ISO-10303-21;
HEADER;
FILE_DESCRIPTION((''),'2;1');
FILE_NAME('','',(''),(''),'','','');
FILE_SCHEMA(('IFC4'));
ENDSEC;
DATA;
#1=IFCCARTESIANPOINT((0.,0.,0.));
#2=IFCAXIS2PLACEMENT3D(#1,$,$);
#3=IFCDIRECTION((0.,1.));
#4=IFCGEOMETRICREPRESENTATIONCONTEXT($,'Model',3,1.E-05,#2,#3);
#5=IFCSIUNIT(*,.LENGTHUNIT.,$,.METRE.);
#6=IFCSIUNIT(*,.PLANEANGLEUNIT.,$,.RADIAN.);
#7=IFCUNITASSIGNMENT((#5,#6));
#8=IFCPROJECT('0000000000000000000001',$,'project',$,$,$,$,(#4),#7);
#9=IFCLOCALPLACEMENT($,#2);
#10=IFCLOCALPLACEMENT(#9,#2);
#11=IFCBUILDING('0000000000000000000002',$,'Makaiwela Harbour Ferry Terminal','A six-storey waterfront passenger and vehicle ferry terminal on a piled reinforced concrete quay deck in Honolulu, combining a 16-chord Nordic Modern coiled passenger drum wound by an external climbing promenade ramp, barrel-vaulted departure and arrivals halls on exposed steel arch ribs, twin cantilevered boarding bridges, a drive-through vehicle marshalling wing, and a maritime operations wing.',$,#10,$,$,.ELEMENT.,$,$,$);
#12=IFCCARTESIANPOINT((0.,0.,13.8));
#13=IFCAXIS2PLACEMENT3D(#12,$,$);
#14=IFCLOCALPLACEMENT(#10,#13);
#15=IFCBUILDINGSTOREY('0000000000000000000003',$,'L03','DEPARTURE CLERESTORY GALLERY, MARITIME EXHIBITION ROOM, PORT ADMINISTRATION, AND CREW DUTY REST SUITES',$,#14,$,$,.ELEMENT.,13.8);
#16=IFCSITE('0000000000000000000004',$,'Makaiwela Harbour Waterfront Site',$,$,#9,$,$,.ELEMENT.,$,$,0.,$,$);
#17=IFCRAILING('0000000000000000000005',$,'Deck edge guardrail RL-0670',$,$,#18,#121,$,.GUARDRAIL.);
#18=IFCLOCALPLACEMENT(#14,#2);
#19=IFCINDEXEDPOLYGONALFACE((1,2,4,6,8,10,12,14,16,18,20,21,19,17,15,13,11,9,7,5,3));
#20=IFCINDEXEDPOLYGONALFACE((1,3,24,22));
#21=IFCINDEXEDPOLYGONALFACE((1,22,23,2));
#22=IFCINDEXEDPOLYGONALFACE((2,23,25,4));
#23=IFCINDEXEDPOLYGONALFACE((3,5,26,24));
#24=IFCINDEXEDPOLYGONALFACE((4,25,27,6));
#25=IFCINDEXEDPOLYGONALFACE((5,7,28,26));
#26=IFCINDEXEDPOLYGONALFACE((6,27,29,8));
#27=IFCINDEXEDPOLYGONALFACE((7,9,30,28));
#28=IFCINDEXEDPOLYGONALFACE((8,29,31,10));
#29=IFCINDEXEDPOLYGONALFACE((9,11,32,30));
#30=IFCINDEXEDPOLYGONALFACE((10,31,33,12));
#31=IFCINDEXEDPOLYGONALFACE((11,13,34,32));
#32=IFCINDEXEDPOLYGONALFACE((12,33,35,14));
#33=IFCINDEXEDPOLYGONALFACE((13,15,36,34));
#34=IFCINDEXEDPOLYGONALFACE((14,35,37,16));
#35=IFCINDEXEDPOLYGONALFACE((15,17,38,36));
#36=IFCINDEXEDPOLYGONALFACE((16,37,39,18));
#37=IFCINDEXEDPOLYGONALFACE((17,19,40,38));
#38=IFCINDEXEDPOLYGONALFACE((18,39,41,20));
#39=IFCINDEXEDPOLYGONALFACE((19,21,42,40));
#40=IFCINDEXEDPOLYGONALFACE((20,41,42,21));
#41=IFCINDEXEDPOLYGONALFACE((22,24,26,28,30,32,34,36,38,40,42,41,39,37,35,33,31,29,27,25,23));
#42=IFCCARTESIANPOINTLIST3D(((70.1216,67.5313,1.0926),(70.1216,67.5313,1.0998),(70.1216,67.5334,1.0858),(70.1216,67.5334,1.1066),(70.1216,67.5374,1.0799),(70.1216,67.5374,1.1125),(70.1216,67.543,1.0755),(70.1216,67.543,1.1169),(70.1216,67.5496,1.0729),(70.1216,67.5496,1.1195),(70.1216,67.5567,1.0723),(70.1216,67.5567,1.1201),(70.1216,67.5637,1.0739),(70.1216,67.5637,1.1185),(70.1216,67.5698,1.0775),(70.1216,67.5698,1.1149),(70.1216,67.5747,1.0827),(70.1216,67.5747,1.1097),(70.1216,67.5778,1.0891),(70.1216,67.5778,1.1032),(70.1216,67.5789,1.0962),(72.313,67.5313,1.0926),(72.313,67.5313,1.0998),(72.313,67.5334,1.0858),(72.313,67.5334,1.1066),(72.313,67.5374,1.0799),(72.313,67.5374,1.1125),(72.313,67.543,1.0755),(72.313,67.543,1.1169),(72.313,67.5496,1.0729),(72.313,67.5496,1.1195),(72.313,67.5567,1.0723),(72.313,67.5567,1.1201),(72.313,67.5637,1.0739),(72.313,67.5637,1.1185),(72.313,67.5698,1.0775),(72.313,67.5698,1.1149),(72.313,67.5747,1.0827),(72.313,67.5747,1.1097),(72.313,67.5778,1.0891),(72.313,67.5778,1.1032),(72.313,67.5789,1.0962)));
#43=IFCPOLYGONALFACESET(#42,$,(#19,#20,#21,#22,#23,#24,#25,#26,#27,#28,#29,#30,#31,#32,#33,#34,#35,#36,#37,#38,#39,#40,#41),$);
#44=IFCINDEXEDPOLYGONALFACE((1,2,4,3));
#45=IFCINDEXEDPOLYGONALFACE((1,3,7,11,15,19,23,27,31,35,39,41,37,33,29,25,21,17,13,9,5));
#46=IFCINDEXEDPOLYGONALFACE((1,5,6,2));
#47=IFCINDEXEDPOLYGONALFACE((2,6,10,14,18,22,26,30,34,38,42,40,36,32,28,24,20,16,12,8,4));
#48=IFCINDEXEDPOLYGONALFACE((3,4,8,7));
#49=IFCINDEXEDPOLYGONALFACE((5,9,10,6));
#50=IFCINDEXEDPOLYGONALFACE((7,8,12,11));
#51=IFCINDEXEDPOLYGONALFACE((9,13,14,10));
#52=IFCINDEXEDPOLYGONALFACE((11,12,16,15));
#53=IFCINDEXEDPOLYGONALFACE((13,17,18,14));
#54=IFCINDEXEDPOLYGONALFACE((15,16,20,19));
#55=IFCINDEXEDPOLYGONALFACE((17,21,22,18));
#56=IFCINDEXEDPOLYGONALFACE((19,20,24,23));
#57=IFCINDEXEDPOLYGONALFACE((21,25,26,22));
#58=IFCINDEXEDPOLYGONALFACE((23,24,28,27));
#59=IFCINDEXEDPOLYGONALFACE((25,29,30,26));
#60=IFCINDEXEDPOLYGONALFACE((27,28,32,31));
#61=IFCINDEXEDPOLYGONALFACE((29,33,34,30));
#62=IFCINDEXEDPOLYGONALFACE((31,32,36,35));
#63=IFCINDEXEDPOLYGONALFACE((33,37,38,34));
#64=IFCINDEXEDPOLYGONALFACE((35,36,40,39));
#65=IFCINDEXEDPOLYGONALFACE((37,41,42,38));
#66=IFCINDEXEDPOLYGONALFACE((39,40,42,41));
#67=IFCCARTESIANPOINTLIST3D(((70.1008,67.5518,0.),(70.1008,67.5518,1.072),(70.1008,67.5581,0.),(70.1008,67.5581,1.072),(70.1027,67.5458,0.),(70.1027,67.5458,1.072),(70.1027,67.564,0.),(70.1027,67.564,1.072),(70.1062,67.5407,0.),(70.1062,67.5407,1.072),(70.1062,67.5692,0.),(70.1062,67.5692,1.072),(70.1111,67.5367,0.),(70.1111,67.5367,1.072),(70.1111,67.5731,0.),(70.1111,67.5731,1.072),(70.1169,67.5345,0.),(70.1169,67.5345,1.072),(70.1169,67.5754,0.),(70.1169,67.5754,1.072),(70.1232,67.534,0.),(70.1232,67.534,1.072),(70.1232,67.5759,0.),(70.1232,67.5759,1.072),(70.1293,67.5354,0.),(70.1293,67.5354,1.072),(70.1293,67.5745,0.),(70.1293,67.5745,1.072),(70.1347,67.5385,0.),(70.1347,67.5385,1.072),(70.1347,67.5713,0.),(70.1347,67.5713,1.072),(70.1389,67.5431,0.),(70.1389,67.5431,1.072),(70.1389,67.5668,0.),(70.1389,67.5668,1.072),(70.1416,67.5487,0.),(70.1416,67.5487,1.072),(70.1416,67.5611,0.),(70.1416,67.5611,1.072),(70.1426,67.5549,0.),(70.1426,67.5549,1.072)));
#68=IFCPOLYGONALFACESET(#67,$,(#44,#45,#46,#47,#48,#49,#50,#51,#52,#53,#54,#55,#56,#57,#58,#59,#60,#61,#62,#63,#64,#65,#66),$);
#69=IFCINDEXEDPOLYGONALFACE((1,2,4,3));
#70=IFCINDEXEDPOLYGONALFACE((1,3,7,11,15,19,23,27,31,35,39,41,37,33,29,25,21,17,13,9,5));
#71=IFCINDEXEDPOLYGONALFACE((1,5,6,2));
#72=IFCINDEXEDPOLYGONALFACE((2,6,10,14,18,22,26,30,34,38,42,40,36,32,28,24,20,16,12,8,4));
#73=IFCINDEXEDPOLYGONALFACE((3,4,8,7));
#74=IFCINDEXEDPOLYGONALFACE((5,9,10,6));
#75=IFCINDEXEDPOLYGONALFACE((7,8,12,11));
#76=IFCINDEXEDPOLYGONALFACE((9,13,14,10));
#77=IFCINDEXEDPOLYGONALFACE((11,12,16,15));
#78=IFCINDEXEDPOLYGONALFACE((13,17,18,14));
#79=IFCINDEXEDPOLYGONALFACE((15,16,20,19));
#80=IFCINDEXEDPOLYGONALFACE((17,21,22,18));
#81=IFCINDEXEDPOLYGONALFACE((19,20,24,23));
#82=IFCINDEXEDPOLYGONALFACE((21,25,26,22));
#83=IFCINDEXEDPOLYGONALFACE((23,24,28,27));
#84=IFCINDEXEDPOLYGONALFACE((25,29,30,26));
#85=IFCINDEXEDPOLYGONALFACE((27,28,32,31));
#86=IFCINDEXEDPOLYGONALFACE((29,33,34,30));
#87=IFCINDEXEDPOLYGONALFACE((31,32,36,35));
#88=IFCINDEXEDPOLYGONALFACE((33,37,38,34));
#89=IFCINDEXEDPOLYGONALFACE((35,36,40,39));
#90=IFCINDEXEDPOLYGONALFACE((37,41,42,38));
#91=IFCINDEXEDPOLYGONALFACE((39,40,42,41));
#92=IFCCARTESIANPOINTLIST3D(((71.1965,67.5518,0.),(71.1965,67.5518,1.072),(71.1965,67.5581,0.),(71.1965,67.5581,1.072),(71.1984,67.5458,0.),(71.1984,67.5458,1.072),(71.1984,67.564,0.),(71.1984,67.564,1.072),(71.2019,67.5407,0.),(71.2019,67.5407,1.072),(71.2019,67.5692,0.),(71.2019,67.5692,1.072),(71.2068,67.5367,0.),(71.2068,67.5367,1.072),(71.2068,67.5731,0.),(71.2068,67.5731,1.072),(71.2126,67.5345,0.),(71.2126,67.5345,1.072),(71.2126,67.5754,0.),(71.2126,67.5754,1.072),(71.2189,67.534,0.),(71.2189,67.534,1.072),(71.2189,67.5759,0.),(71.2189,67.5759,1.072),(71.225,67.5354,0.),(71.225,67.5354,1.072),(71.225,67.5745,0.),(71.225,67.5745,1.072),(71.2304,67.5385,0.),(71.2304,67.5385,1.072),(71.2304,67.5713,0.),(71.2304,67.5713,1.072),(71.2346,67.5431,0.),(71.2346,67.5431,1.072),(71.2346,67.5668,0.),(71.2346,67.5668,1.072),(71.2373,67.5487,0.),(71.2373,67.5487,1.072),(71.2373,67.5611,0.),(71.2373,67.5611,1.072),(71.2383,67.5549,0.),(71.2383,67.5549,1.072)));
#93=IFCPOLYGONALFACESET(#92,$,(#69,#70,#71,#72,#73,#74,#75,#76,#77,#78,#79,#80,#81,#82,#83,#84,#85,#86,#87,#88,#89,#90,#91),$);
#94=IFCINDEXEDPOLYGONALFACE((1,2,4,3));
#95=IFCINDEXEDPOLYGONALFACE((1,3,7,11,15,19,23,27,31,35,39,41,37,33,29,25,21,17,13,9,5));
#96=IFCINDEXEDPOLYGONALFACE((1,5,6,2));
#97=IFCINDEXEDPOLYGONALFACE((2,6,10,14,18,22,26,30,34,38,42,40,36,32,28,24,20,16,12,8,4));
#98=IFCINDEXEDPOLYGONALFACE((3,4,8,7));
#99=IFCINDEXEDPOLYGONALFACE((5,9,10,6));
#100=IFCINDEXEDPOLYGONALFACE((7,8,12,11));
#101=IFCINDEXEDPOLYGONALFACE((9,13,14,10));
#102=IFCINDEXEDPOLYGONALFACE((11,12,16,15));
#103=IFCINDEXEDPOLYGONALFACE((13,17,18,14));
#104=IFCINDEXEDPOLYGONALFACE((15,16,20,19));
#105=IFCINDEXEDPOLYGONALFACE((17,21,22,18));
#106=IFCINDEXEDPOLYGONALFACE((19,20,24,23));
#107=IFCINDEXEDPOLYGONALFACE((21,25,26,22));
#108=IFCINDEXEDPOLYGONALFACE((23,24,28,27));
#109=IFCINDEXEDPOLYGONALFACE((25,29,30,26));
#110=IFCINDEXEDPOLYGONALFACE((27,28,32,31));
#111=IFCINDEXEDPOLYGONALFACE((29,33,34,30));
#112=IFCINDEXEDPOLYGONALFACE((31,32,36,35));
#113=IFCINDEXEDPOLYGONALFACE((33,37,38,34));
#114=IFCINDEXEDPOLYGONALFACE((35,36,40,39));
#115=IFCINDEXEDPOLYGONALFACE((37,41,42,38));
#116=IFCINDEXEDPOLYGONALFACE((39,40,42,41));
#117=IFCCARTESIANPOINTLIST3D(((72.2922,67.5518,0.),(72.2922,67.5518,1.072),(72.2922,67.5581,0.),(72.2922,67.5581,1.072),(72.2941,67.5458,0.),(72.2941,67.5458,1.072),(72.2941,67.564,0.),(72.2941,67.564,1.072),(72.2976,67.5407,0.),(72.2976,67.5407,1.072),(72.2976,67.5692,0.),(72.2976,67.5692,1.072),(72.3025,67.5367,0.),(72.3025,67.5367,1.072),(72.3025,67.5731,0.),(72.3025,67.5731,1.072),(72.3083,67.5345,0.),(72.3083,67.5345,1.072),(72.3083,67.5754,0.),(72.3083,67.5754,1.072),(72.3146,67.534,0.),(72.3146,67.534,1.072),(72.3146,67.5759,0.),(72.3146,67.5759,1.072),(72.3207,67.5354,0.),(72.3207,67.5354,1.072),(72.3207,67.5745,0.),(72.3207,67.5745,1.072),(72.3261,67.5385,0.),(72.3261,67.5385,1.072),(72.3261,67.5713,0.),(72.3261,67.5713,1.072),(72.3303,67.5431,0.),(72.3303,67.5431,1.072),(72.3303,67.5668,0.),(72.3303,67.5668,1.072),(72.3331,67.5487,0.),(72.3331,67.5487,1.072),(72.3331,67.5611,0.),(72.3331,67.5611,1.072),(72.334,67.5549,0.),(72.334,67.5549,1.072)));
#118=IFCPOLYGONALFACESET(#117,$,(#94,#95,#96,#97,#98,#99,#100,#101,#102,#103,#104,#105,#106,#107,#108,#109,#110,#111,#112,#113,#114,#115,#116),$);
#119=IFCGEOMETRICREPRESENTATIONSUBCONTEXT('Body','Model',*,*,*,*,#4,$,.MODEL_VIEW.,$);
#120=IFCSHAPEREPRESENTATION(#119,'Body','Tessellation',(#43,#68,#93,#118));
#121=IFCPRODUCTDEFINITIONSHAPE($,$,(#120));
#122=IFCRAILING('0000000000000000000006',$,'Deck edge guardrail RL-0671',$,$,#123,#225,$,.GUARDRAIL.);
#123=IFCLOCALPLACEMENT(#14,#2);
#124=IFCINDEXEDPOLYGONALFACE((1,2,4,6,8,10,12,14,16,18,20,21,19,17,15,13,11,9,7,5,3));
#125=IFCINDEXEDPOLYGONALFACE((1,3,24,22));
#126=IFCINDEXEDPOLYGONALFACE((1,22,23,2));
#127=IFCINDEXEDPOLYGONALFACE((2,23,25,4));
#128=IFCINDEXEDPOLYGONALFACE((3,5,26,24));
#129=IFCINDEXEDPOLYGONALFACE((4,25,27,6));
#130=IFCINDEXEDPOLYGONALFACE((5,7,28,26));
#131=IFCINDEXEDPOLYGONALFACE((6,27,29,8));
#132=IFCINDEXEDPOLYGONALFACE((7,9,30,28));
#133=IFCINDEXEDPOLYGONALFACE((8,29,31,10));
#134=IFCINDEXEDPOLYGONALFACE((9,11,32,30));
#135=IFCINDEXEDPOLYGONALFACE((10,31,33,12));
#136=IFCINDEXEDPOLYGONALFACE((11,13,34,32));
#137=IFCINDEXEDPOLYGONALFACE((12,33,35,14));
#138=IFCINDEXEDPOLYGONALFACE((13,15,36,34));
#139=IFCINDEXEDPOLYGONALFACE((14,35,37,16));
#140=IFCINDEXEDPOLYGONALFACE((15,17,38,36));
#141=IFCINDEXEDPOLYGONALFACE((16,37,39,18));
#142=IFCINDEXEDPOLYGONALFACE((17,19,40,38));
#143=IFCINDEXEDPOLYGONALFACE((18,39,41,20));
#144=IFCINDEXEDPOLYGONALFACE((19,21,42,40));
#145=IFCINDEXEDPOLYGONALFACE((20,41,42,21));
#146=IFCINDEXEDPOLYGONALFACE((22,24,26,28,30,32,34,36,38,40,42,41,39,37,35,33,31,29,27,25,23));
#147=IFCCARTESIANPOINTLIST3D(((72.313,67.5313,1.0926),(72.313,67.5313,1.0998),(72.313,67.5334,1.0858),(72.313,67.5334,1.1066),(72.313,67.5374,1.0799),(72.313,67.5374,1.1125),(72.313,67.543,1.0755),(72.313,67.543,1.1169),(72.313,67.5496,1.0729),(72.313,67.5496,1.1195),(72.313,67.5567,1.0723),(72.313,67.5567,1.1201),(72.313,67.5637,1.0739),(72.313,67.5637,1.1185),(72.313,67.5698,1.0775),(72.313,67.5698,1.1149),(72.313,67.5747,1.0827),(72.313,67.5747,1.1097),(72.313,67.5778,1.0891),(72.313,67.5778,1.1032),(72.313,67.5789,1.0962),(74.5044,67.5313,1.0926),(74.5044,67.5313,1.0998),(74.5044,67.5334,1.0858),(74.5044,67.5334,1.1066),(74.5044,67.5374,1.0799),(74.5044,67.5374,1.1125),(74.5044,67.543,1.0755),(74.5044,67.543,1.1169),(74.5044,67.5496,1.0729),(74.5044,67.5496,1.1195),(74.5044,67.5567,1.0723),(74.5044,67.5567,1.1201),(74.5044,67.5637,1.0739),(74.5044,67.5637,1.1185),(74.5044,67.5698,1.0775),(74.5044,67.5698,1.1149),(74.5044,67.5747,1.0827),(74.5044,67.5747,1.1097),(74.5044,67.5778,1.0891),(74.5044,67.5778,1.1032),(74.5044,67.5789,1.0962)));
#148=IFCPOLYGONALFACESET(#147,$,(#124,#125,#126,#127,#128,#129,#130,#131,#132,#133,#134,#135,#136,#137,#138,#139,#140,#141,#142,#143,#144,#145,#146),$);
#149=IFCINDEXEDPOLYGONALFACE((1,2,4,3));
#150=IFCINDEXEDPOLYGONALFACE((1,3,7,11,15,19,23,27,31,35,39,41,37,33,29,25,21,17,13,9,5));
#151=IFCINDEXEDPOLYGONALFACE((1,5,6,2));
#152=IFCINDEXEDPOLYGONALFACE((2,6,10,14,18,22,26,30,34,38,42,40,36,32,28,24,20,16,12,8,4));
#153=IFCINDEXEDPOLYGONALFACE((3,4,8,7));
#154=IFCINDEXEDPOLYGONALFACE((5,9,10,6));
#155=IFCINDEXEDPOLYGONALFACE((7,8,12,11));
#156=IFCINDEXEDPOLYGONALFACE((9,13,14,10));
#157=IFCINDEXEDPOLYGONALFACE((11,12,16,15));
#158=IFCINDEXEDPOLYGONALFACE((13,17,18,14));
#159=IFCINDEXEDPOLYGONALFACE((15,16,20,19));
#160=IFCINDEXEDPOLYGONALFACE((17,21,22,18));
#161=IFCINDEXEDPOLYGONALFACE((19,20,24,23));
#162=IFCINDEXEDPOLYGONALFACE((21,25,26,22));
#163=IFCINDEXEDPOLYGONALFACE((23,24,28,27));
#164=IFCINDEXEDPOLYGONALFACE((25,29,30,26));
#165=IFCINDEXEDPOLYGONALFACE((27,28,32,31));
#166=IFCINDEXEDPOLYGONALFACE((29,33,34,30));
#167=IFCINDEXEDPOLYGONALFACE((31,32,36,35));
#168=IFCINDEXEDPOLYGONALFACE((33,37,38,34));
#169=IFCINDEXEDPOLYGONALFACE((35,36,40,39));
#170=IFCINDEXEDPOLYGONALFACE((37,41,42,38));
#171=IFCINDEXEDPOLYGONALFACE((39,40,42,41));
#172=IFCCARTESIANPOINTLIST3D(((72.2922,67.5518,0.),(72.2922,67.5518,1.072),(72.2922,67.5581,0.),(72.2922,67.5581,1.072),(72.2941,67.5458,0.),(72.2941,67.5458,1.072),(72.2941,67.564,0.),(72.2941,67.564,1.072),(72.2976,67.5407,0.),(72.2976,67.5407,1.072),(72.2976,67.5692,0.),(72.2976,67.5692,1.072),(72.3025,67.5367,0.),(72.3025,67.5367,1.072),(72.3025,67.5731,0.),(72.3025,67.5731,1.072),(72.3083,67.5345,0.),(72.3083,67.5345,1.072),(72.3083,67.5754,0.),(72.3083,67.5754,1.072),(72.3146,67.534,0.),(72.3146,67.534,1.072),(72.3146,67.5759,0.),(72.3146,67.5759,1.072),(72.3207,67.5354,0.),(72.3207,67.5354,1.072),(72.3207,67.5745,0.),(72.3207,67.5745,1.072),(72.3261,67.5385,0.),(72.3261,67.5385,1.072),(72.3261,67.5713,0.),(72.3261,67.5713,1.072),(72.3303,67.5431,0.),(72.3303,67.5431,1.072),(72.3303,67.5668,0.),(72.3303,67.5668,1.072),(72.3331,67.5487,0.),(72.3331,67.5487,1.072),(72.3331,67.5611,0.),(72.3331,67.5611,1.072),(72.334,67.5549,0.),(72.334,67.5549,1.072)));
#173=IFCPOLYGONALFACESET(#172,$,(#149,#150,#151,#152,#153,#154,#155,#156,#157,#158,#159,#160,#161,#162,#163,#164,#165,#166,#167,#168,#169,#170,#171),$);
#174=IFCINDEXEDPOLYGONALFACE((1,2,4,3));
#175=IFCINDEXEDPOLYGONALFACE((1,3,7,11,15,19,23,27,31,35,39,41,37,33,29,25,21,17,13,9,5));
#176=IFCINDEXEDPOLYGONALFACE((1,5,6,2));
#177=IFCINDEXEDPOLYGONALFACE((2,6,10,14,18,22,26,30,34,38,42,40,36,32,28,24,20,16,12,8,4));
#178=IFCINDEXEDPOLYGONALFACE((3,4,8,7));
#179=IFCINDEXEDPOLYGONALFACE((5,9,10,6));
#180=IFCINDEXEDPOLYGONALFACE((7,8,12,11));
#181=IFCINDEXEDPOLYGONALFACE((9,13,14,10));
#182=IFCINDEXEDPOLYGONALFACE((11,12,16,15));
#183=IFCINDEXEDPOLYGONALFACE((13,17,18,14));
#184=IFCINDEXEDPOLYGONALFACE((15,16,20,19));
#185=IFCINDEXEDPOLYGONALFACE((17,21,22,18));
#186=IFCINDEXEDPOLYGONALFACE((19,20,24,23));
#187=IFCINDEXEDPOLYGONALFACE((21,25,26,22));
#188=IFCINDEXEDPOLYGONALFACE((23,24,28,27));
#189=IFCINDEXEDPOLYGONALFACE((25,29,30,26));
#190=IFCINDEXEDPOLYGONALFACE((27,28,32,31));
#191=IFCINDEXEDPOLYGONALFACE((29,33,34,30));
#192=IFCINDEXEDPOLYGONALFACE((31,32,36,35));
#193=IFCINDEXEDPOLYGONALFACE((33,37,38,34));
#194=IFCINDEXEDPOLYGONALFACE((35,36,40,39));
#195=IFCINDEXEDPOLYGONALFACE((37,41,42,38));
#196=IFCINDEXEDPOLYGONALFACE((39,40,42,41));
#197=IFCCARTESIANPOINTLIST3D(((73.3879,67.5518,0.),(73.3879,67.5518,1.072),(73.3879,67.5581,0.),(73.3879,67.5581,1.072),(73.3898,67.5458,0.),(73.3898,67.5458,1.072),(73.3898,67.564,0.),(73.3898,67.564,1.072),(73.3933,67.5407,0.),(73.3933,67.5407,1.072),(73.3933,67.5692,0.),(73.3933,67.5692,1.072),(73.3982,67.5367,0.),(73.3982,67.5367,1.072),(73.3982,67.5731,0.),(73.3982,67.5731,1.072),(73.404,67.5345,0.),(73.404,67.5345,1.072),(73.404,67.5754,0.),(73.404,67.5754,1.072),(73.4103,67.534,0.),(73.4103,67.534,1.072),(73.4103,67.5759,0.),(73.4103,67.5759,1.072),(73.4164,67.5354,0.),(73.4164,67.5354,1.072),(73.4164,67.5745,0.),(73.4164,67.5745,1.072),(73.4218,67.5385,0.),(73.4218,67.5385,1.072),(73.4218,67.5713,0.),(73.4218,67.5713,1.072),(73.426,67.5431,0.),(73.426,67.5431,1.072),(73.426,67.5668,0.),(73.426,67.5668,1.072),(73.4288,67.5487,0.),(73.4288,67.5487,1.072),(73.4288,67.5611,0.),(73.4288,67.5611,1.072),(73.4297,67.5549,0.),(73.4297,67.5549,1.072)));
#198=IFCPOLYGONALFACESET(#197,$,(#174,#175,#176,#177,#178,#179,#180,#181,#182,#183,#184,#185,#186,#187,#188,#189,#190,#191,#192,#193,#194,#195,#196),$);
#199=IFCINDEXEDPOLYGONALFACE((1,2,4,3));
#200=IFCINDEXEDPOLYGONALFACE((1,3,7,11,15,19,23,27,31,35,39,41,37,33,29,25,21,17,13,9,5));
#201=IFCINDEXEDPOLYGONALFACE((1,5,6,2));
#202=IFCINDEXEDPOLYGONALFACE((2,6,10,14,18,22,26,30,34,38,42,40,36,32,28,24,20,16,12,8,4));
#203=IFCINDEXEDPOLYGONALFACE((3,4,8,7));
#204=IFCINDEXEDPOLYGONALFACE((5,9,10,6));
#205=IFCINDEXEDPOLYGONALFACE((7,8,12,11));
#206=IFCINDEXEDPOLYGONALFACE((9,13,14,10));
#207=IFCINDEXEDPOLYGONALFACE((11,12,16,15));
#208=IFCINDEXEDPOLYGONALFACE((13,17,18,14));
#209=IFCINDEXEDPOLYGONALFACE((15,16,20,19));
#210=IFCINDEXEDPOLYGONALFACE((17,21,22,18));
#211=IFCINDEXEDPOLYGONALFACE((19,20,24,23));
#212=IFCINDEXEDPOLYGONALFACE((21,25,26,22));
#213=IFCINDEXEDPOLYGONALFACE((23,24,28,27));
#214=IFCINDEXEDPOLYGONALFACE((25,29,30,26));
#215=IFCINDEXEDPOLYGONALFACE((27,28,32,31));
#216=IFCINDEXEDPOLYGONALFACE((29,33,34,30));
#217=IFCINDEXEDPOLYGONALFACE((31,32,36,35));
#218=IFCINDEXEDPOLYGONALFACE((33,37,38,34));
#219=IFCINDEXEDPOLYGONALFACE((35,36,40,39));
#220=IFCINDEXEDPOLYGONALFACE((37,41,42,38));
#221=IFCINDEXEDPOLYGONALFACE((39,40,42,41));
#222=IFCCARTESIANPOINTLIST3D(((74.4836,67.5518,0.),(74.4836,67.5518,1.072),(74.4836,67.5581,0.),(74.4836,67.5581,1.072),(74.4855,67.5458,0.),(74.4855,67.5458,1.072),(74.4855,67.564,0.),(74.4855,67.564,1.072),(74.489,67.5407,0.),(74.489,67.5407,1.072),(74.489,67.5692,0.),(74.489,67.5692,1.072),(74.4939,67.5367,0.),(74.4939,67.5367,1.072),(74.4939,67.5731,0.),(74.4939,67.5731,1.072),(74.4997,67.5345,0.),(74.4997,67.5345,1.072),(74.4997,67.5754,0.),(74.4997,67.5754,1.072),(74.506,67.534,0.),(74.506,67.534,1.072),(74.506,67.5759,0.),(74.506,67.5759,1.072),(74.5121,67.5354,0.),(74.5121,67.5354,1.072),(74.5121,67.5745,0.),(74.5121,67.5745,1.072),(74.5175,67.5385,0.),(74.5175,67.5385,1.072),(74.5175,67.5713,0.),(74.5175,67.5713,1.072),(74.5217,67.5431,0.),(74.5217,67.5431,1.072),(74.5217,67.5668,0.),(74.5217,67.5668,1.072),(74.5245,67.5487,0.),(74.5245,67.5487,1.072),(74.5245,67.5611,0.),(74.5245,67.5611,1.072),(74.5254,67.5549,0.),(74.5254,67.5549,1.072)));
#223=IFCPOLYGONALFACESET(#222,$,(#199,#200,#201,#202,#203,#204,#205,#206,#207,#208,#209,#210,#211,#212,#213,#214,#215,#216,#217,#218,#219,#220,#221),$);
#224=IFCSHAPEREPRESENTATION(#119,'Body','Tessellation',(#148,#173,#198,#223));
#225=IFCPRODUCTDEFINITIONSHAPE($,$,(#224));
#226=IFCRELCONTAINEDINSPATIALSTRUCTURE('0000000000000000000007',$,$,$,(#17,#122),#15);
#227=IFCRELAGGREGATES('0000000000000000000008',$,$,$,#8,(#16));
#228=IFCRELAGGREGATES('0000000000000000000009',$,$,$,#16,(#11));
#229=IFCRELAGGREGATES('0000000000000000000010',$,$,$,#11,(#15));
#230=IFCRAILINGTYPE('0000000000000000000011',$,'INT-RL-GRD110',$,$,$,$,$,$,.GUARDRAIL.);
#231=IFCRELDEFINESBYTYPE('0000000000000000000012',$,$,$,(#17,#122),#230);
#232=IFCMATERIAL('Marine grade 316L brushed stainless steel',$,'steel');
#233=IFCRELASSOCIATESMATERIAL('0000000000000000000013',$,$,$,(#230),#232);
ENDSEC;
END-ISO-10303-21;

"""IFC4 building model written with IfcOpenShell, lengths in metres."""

from ifc_helpers import new_model, si_unit, direction, frame, origin, origin_2d, place, context, subcontext, project, spatial, circle, extrude, material, type_object, element, save


model = new_model("IFC4")

# Units and contexts
model_context = context("Model", 3, precision=1e-05, world=origin(), true_north=direction((0.0, 1.0)))
body_context = subcontext(model_context, "Body", "Model", "MODEL_VIEW")
ifc_project = project(units=[si_unit("LENGTHUNIT", "METRE"), si_unit("PLANEANGLEUNIT", "RADIAN")], contexts=[model_context])

# Site, building, storey
site_placement = place(None, origin())
site = spatial("IfcSite", under=ifc_project, at=site_placement, Name="Makaiwela Harbour Waterfront Site", CompositionType="ELEMENT", RefElevation=0.0)
building_placement = place(site_placement, origin())
building = spatial("IfcBuilding", under=site, at=building_placement, Name="Makaiwela Harbour Ferry Terminal", Description="A six-storey waterfront passenger and vehicle ferry terminal on a piled reinforced concrete quay deck in Honolulu, combining a 16-chord Nordic Modern coiled passenger drum wound by an external climbing promenade ramp, barrel-vaulted departure and arrivals halls on exposed steel arch ribs, twin cantilevered boarding bridges, a drive-through vehicle marshalling wing, and a maritime operations wing.", CompositionType="ELEMENT")
storey_placement = place(building_placement, frame((0.0, 0.0, 13.8)))
storey = spatial("IfcBuildingStorey", under=building, at=storey_placement, Name="L03", Description="DEPARTURE CLERESTORY GALLERY, MARITIME EXHIBITION ROOM, PORT ADMINISTRATION, AND CREW DUTY REST SUITES", CompositionType="ELEMENT", Elevation=13.8)

# Railings
ifc_material_1 = material(Name="Marine grade 316L brushed stainless steel", Category="steel")
railing_type = type_object("IfcRailingType", Name="INT-RL-GRD110", PredefinedType="GUARDRAIL", material=ifc_material_1)
for number, where, name in (
    (1, (70.1216, 67.5549, 0.0), "Deck edge guardrail RL-0670"),
    (2, (72.313, 67.5549, 0.0), "Deck edge guardrail RL-0671"),
):
    element("IfcRailing", number, at=place(storey_placement, frame(where)), inside=storey, type_object=railing_type, Name=name, PredefinedType="GUARDRAIL", context=body_context, shape_type="SweptSolid", body=[
        extrude(circle(Radius=0.0239, at=origin_2d()), frame((0.0, 0.0, 1.0962), z_axis=(1.0, 0.0, 0.0), x_axis=(0.0, 1.0, 0.0)), (0.0, 0.0, 1.0), 2.1914),
        extrude(circle(Radius=0.021, at=origin_2d()), origin(), (0.0, 0.0, 1.0), 1.072),
        extrude(circle(Radius=0.021, at=origin_2d()), frame((1.0957, 0.0, 0.0)), (0.0, 0.0, 1.0), 1.072),
        extrude(circle(Radius=0.021, at=origin_2d()), frame((2.1914, 0.0, 0.0)), (0.0, 0.0, 1.0), 1.072),
    ])

save(model, "model.ifc")
